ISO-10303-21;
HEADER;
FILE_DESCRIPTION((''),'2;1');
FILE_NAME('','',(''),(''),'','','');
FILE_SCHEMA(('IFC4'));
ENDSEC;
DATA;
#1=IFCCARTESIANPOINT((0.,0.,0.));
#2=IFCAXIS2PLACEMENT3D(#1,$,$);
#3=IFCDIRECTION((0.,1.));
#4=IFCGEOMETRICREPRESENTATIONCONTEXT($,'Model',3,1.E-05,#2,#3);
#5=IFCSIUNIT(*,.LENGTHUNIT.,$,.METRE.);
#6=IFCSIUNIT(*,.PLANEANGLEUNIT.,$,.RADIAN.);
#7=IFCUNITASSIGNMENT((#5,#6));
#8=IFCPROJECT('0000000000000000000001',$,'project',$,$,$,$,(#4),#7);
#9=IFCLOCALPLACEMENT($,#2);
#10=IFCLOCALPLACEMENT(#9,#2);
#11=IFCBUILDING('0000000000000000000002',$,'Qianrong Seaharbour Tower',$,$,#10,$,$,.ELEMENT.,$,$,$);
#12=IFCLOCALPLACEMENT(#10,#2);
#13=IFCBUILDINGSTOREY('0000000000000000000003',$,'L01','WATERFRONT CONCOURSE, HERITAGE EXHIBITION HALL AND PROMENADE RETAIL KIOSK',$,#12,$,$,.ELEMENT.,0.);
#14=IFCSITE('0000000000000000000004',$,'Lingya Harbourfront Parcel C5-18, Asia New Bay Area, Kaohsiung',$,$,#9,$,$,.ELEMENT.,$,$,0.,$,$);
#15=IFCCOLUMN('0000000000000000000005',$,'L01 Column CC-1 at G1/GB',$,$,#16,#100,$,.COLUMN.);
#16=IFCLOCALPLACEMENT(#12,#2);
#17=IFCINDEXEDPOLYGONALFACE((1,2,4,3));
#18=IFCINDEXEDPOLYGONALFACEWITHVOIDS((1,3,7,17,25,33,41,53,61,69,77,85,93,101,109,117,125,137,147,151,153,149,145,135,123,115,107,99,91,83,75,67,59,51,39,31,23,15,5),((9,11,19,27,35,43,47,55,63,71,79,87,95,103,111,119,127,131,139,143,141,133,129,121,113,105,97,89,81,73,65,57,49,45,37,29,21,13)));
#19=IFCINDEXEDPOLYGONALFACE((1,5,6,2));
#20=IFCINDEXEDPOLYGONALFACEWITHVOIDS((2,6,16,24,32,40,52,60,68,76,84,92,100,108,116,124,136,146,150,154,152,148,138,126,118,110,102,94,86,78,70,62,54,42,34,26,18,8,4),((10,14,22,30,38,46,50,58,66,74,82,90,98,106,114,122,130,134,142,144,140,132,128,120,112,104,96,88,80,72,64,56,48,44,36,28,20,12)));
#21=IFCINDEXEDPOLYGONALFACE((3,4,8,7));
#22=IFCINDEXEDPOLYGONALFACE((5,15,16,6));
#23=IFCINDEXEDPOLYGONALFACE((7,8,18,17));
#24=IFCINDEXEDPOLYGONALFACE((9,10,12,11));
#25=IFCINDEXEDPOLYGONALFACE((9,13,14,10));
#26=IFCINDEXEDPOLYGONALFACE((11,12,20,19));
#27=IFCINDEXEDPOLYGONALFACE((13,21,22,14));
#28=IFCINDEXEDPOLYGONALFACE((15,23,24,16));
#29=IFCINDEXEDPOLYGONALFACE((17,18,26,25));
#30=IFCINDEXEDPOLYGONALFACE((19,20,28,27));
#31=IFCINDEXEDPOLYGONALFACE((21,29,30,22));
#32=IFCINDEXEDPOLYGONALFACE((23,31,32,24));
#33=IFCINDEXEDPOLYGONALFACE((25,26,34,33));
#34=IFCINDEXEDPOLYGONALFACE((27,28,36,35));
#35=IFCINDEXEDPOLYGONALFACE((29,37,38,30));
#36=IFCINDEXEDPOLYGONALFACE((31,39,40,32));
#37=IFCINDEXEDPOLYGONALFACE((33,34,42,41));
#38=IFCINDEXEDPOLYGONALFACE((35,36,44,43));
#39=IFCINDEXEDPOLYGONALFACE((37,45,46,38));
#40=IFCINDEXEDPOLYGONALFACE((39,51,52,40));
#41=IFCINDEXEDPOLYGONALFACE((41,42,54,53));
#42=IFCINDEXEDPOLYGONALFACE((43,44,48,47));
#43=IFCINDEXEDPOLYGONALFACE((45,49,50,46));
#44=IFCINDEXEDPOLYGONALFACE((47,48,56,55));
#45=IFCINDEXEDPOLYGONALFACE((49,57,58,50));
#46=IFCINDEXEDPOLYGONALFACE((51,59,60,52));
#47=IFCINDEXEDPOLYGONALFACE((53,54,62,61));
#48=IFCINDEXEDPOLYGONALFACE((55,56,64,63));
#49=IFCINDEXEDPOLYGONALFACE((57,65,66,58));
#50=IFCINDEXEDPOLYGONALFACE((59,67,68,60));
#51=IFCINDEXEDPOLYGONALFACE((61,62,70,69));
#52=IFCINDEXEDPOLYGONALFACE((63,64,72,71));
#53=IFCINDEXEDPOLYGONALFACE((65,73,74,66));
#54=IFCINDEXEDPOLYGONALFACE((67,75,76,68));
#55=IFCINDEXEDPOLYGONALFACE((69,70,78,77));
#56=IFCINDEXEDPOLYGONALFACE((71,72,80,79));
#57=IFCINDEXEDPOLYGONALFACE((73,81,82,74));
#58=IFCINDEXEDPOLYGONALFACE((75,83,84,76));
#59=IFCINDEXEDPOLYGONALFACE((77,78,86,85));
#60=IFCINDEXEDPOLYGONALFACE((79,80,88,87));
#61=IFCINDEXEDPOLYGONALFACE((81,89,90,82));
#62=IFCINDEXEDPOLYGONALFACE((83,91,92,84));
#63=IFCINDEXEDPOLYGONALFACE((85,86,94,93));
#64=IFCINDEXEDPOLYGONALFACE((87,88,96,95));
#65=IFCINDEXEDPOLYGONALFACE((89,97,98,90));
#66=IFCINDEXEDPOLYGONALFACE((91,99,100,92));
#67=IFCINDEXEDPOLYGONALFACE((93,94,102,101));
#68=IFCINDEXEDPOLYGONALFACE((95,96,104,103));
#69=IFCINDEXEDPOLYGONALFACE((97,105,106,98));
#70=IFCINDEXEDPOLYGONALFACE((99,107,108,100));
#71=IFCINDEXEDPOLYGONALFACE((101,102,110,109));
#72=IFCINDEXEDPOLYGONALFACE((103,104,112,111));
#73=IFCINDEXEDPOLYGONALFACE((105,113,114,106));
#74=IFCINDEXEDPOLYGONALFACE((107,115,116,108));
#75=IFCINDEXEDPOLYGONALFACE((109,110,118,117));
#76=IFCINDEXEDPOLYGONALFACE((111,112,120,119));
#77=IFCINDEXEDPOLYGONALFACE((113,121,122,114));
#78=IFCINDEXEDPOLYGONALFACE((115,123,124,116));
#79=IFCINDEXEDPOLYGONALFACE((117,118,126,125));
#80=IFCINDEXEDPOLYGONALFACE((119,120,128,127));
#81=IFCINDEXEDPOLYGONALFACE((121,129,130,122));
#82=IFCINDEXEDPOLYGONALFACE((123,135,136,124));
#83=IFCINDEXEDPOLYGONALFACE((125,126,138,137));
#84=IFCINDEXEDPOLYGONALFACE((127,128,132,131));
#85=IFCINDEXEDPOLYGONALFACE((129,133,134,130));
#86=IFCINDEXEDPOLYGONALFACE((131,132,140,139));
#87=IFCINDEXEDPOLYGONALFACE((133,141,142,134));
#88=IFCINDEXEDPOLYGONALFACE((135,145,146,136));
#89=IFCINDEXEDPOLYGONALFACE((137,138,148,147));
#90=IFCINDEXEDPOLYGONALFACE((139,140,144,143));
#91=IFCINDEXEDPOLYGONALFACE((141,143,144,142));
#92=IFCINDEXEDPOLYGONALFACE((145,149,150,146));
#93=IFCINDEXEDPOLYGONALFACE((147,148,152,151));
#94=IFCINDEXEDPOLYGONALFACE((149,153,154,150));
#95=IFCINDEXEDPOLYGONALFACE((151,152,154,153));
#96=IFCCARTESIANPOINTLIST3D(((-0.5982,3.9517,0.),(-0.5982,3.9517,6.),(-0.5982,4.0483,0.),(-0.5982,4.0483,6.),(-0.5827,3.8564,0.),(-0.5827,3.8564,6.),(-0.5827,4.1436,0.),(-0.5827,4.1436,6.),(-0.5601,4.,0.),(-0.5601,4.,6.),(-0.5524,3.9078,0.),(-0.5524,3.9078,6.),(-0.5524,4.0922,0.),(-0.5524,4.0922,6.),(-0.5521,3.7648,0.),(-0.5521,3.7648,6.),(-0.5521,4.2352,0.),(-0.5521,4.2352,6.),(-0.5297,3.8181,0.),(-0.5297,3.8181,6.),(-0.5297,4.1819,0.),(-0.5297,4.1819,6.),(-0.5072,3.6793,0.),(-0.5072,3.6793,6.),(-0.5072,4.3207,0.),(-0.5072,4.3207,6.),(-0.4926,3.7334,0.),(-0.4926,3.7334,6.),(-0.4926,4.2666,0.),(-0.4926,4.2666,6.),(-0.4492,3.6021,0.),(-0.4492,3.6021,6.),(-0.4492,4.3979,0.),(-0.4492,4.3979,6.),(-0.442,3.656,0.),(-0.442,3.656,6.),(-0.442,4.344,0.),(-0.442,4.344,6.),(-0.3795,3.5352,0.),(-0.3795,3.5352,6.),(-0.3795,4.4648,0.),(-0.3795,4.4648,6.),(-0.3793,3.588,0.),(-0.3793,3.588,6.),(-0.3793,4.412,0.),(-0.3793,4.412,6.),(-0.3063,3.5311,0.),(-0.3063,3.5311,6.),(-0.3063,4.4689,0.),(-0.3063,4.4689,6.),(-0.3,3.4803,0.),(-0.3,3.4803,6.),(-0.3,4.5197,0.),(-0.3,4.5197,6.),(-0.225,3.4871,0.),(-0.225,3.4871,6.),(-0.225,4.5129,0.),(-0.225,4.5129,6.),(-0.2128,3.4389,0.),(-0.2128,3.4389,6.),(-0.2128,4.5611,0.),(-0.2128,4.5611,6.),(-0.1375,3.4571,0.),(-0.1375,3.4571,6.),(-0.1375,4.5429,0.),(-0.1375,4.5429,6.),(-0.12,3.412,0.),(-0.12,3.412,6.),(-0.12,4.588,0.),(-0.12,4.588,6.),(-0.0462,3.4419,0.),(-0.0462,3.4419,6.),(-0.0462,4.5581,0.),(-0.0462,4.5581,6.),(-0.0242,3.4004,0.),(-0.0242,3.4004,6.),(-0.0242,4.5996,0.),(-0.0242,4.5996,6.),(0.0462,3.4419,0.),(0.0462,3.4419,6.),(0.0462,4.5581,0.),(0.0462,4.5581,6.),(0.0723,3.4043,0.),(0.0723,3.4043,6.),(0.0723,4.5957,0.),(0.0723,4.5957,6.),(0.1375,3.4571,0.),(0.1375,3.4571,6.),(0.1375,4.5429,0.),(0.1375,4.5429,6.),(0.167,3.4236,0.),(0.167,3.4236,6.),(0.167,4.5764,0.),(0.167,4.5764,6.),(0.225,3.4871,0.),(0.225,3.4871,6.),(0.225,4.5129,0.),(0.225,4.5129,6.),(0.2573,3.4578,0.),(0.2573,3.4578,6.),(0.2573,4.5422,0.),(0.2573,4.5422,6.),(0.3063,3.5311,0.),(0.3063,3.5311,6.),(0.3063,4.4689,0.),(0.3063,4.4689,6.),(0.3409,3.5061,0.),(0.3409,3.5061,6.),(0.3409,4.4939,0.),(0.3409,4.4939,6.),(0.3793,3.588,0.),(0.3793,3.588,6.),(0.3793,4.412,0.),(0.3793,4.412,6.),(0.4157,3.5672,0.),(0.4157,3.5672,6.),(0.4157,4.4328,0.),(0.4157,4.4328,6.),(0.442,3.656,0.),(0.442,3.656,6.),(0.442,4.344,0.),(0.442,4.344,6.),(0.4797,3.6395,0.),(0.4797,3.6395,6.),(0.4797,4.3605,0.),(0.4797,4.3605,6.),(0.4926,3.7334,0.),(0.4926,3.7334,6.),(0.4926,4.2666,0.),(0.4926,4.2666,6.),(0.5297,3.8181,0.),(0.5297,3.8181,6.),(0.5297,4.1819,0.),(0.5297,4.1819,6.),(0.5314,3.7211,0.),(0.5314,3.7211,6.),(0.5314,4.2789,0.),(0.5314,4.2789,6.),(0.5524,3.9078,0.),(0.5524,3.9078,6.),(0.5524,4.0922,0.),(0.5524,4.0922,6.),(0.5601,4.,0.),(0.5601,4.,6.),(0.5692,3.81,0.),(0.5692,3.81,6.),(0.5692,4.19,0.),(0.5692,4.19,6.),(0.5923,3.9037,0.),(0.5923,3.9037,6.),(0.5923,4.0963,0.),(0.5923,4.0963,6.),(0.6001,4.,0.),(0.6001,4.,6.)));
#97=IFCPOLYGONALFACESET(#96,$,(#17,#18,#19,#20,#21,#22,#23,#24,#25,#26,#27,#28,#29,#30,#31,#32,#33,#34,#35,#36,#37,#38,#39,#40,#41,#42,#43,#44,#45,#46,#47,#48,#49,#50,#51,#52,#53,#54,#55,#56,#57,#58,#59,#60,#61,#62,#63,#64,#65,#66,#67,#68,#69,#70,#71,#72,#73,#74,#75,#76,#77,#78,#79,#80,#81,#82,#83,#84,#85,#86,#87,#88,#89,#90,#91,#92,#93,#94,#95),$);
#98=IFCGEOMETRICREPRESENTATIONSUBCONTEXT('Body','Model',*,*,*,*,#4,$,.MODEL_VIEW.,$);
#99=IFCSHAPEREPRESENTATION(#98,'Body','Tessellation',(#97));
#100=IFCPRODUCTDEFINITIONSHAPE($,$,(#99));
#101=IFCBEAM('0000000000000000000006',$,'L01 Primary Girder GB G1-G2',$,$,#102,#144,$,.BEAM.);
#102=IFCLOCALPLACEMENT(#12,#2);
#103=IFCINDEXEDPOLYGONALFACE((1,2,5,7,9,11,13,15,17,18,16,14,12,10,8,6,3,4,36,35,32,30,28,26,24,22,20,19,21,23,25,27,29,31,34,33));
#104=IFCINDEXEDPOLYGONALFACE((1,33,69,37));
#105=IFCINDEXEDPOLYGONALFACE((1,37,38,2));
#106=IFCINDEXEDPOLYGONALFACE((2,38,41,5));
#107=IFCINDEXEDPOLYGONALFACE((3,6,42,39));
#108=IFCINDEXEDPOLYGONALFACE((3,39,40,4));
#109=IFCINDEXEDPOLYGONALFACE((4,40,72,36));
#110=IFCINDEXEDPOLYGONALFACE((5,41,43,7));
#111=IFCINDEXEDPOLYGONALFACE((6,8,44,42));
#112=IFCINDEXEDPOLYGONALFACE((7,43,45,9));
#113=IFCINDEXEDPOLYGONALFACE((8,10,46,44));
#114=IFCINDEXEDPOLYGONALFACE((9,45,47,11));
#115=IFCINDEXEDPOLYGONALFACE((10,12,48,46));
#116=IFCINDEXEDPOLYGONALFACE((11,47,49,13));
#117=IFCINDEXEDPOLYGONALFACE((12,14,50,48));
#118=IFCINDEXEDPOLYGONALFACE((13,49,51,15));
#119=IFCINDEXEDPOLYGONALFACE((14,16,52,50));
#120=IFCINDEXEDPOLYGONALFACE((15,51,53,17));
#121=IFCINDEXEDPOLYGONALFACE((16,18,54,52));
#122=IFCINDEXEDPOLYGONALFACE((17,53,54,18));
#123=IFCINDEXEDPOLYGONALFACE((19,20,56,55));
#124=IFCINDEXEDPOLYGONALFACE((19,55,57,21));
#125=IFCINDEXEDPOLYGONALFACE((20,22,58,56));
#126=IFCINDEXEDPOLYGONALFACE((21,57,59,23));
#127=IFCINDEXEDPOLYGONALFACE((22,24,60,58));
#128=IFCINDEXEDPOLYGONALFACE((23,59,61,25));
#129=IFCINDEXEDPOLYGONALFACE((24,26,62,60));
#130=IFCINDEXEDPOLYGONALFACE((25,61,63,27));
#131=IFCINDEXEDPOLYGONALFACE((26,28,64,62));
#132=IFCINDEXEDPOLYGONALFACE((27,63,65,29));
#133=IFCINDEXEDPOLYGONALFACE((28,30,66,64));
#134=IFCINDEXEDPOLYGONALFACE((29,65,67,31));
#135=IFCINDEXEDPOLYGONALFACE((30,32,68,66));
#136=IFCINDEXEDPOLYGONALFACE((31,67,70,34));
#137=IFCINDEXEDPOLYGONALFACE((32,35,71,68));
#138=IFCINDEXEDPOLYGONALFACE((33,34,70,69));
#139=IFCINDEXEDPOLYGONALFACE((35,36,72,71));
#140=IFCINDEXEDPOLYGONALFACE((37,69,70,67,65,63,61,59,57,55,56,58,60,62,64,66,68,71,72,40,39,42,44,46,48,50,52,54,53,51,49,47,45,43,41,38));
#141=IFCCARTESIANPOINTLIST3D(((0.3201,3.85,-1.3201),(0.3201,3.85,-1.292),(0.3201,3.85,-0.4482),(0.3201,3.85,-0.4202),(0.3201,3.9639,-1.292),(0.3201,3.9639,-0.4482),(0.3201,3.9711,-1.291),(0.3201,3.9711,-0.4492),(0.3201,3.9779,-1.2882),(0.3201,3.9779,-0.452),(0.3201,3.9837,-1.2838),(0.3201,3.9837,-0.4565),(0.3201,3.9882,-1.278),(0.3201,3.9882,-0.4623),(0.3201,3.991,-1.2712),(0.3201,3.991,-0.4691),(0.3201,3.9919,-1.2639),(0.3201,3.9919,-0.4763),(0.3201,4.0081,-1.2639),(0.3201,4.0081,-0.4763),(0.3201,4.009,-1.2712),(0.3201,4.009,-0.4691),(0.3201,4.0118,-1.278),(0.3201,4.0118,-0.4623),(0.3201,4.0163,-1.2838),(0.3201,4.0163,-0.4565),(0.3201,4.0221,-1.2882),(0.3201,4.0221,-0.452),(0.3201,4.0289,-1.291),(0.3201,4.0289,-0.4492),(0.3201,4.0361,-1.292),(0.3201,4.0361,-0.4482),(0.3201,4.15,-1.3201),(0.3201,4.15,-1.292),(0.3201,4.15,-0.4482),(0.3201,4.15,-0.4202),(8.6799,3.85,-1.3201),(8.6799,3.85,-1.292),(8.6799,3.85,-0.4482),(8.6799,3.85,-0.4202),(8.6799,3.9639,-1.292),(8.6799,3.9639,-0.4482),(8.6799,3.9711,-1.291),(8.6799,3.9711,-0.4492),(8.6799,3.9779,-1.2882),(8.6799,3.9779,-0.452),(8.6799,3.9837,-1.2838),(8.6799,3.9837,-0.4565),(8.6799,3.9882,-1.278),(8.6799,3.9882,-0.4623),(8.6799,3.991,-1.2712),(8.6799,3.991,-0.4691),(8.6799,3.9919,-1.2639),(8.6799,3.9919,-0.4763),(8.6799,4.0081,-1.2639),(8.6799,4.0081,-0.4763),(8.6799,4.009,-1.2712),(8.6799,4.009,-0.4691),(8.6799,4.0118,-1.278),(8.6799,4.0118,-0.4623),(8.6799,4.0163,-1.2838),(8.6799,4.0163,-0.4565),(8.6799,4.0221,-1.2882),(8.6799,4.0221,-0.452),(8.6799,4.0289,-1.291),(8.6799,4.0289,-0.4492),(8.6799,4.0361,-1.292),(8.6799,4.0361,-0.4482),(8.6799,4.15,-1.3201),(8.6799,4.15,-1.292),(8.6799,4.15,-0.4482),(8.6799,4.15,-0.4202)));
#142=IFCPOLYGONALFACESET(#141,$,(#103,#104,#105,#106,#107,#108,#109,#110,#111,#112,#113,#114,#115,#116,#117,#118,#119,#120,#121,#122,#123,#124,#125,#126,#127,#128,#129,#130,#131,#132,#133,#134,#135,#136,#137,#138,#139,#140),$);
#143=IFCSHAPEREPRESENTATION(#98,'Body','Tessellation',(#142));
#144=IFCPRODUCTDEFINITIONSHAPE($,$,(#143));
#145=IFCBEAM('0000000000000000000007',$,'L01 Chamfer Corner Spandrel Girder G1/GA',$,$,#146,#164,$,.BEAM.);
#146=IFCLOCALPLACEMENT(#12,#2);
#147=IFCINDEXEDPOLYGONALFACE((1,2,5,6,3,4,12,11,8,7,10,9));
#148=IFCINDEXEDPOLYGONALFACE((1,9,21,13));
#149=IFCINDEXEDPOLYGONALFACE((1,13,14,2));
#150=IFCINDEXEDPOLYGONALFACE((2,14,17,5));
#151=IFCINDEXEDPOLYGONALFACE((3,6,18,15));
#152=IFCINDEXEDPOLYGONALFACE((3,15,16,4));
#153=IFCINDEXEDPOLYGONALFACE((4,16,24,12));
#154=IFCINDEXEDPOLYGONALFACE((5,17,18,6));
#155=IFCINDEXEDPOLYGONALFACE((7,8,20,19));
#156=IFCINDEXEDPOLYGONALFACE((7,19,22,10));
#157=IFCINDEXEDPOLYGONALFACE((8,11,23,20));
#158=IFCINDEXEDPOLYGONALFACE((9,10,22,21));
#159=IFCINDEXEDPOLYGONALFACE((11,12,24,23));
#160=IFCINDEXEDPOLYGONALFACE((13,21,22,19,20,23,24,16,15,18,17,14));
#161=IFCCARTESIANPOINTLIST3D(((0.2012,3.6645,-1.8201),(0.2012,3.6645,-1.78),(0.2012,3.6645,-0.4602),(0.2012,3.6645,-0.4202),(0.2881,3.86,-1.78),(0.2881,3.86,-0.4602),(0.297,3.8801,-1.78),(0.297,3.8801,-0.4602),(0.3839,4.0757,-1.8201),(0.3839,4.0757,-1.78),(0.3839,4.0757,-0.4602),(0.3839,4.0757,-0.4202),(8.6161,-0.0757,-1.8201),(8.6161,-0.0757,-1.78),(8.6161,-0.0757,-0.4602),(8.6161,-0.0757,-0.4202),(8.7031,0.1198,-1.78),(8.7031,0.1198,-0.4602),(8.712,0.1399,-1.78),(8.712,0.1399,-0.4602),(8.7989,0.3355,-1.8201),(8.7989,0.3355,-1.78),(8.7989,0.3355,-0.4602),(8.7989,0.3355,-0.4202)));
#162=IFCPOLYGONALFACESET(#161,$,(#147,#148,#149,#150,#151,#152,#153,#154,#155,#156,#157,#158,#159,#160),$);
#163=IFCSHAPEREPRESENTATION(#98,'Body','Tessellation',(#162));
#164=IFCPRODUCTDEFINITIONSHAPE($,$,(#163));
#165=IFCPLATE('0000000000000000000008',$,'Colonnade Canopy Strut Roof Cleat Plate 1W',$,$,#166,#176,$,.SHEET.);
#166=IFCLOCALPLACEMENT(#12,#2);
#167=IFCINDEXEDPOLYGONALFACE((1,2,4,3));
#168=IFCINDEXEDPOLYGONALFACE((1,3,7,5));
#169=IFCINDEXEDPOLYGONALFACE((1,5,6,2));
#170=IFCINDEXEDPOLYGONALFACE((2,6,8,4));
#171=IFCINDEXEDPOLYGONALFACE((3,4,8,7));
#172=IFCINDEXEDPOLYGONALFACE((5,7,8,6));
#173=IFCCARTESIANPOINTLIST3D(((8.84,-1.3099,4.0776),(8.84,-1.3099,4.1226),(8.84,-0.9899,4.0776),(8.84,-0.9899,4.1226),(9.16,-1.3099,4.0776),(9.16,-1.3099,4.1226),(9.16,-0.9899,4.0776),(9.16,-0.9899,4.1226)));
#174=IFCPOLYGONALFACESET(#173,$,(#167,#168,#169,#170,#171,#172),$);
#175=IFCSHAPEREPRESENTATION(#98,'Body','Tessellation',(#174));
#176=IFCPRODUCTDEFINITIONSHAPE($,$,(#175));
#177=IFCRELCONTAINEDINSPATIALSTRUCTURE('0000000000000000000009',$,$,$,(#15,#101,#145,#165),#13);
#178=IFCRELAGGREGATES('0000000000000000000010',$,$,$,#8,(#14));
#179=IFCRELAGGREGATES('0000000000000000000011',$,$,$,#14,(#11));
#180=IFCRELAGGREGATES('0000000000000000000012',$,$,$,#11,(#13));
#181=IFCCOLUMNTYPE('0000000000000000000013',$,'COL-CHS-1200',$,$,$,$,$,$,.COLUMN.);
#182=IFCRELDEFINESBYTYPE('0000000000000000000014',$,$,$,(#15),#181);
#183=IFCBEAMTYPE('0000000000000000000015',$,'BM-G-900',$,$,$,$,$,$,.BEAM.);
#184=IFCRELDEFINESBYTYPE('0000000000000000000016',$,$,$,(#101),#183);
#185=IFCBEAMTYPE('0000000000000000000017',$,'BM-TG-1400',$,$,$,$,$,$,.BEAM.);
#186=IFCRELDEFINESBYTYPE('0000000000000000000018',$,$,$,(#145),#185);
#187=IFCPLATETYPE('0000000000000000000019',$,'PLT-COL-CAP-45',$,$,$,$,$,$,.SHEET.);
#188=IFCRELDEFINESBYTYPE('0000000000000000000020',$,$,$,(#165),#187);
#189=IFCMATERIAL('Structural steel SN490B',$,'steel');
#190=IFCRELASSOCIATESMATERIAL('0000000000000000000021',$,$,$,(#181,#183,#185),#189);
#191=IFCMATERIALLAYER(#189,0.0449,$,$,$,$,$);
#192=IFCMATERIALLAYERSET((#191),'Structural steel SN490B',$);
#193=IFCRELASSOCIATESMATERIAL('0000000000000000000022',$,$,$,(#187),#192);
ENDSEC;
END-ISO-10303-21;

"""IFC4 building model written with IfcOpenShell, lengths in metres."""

from ifc_helpers import new_model, si_unit, direction, frame, origin, origin_2d, place, context, subcontext, project, spatial, rectangle, hollow_circle, i_section, extrude, material, layer, layer_set, material_profile, profile_set, type_object, element, save


model = new_model("IFC4")

# Units and contexts
model_context = context("Model", 3, precision=1e-05, world=origin(), true_north=direction((0.0, 1.0)))
body_context = subcontext(model_context, "Body", "Model", "MODEL_VIEW")
ifc_project = project(units=[si_unit("LENGTHUNIT", "METRE"), si_unit("PLANEANGLEUNIT", "RADIAN")], contexts=[model_context])

# Site, building, storey
site_placement = place(None, origin())
site = spatial("IfcSite", under=ifc_project, at=site_placement, Name="Lingya Harbourfront Parcel C5-18, Asia New Bay Area, Kaohsiung", CompositionType="ELEMENT", RefElevation=0.0)
building_placement = place(site_placement, origin())
building = spatial("IfcBuilding", under=site, at=building_placement, Name="Qianrong Seaharbour Tower", CompositionType="ELEMENT")
storey_placement = place(building_placement, origin())
storey = spatial("IfcBuildingStorey", under=building, at=storey_placement, Name="L01", Description="WATERFRONT CONCOURSE, HERITAGE EXHIBITION HALL AND PROMENADE RETAIL KIOSK", CompositionType="ELEMENT", Elevation=0.0)

# Column
ifc_material_1 = material(Name="Structural steel SN490B", Category="steel")
ifc_material_profile_1 = material_profile(ifc_material_1, hollow_circle(Radius=0.6001, WallThickness=0.04, at=origin_2d()), Name="CHS1200x40")
ifc_profile_set_1 = profile_set([ifc_material_profile_1], Name="Structural steel SN490B")
column_type = type_object("IfcColumnType", Name="COL-CHS-1200", PredefinedType="COLUMN", material=ifc_profile_set_1)
column_placement = place(storey_placement, frame((0.0, 4.0, 0.0), z_axis=(0.0, 0.0, 1.0), x_axis=(1.0, 0.0, 0.0)))
element("IfcColumn", 1, at=column_placement, inside=storey, type_object=column_type, Name="L01 Column CC-1 at G1/GB", PredefinedType="COLUMN", context=body_context, shape_type="SweptSolid", body=[
    extrude(hollow_circle(Radius=0.6001, WallThickness=0.04, at=origin_2d()), origin(), (0.0, 0.0, 1.0), 6.0),
])

# Beams
ifc_material_profile_2 = material_profile(ifc_material_1, i_section(OverallWidth=0.3, OverallDepth=0.8999, WebThickness=0.0161, FlangeThickness=0.0281, FilletRadius=0.0281, at=origin_2d()), Name="H900x300x16x28")
ifc_profile_set_2 = profile_set([ifc_material_profile_2], Name="Structural steel SN490B")
beam_type_1 = type_object("IfcBeamType", Name="BM-G-900", PredefinedType="BEAM", material=ifc_profile_set_2)
beam_1_placement = place(storey_placement, frame((0.3201, 4.0, -0.8701), z_axis=(1.0, 0.0, 0.0), x_axis=(0.0, 1.0, 0.0)))
element("IfcBeam", 2, at=beam_1_placement, inside=storey, type_object=beam_type_1, Name="L01 Primary Girder GB G1-G2", PredefinedType="BEAM", context=body_context, shape_type="SweptSolid", body=[
    extrude(i_section(OverallWidth=0.3, OverallDepth=0.8999, WebThickness=0.0161, FlangeThickness=0.0281, FilletRadius=0.0281, at=origin_2d()), origin(), (0.0, 0.0, 1.0), 8.3599),
])
ifc_material_profile_3 = material_profile(ifc_material_1, i_section(OverallWidth=0.45, OverallDepth=1.3999, WebThickness=0.022, FlangeThickness=0.04, at=origin_2d()), Name="BH1400x450x22x40")
ifc_profile_set_3 = profile_set([ifc_material_profile_3], Name="Structural steel SN490B")
beam_type_2 = type_object("IfcBeamType", Name="BM-TG-1400", PredefinedType="BEAM", material=ifc_profile_set_3)
beam_2_placement = place(storey_placement, frame((8.7075, 0.1299, -1.1201), z_axis=(-0.913803, 0.406158, 0.0), x_axis=(-0.406158, -0.913803, 0.0)))
element("IfcBeam", 3, at=beam_2_placement, inside=storey, type_object=beam_type_2, Name="L01 Chamfer Corner Spandrel Girder G1/GA", PredefinedType="BEAM", context=body_context, shape_type="SweptSolid", body=[
    extrude(i_section(OverallWidth=0.45, OverallDepth=1.3999, WebThickness=0.022, FlangeThickness=0.04, at=origin_2d()), origin(), (0.0, 0.0, 1.0), 9.2087),
])

# Plate
ifc_layer_1 = layer(ifc_material_1, 0.0449)
ifc_layer_set_1 = layer_set([ifc_layer_1], Name="Structural steel SN490B")
plate_type = type_object("IfcPlateType", Name="PLT-COL-CAP-45", PredefinedType="SHEET", material=ifc_layer_set_1)
plate_placement = place(storey_placement, frame((9.0, -1.1499, 4.0776), z_axis=(0.0, 0.0, 1.0), x_axis=(1.0, 0.0, 0.0)))
element("IfcPlate", 4, at=plate_placement, inside=storey, type_object=plate_type, Name="Colonnade Canopy Strut Roof Cleat Plate 1W", PredefinedType="SHEET", context=body_context, shape_type="SweptSolid", body=[
    extrude(rectangle(XDim=0.3201, YDim=0.3201, at=origin_2d()), origin(), (0.0, 0.0, 1.0), 0.0449),
])

save(model, "model.ifc")
